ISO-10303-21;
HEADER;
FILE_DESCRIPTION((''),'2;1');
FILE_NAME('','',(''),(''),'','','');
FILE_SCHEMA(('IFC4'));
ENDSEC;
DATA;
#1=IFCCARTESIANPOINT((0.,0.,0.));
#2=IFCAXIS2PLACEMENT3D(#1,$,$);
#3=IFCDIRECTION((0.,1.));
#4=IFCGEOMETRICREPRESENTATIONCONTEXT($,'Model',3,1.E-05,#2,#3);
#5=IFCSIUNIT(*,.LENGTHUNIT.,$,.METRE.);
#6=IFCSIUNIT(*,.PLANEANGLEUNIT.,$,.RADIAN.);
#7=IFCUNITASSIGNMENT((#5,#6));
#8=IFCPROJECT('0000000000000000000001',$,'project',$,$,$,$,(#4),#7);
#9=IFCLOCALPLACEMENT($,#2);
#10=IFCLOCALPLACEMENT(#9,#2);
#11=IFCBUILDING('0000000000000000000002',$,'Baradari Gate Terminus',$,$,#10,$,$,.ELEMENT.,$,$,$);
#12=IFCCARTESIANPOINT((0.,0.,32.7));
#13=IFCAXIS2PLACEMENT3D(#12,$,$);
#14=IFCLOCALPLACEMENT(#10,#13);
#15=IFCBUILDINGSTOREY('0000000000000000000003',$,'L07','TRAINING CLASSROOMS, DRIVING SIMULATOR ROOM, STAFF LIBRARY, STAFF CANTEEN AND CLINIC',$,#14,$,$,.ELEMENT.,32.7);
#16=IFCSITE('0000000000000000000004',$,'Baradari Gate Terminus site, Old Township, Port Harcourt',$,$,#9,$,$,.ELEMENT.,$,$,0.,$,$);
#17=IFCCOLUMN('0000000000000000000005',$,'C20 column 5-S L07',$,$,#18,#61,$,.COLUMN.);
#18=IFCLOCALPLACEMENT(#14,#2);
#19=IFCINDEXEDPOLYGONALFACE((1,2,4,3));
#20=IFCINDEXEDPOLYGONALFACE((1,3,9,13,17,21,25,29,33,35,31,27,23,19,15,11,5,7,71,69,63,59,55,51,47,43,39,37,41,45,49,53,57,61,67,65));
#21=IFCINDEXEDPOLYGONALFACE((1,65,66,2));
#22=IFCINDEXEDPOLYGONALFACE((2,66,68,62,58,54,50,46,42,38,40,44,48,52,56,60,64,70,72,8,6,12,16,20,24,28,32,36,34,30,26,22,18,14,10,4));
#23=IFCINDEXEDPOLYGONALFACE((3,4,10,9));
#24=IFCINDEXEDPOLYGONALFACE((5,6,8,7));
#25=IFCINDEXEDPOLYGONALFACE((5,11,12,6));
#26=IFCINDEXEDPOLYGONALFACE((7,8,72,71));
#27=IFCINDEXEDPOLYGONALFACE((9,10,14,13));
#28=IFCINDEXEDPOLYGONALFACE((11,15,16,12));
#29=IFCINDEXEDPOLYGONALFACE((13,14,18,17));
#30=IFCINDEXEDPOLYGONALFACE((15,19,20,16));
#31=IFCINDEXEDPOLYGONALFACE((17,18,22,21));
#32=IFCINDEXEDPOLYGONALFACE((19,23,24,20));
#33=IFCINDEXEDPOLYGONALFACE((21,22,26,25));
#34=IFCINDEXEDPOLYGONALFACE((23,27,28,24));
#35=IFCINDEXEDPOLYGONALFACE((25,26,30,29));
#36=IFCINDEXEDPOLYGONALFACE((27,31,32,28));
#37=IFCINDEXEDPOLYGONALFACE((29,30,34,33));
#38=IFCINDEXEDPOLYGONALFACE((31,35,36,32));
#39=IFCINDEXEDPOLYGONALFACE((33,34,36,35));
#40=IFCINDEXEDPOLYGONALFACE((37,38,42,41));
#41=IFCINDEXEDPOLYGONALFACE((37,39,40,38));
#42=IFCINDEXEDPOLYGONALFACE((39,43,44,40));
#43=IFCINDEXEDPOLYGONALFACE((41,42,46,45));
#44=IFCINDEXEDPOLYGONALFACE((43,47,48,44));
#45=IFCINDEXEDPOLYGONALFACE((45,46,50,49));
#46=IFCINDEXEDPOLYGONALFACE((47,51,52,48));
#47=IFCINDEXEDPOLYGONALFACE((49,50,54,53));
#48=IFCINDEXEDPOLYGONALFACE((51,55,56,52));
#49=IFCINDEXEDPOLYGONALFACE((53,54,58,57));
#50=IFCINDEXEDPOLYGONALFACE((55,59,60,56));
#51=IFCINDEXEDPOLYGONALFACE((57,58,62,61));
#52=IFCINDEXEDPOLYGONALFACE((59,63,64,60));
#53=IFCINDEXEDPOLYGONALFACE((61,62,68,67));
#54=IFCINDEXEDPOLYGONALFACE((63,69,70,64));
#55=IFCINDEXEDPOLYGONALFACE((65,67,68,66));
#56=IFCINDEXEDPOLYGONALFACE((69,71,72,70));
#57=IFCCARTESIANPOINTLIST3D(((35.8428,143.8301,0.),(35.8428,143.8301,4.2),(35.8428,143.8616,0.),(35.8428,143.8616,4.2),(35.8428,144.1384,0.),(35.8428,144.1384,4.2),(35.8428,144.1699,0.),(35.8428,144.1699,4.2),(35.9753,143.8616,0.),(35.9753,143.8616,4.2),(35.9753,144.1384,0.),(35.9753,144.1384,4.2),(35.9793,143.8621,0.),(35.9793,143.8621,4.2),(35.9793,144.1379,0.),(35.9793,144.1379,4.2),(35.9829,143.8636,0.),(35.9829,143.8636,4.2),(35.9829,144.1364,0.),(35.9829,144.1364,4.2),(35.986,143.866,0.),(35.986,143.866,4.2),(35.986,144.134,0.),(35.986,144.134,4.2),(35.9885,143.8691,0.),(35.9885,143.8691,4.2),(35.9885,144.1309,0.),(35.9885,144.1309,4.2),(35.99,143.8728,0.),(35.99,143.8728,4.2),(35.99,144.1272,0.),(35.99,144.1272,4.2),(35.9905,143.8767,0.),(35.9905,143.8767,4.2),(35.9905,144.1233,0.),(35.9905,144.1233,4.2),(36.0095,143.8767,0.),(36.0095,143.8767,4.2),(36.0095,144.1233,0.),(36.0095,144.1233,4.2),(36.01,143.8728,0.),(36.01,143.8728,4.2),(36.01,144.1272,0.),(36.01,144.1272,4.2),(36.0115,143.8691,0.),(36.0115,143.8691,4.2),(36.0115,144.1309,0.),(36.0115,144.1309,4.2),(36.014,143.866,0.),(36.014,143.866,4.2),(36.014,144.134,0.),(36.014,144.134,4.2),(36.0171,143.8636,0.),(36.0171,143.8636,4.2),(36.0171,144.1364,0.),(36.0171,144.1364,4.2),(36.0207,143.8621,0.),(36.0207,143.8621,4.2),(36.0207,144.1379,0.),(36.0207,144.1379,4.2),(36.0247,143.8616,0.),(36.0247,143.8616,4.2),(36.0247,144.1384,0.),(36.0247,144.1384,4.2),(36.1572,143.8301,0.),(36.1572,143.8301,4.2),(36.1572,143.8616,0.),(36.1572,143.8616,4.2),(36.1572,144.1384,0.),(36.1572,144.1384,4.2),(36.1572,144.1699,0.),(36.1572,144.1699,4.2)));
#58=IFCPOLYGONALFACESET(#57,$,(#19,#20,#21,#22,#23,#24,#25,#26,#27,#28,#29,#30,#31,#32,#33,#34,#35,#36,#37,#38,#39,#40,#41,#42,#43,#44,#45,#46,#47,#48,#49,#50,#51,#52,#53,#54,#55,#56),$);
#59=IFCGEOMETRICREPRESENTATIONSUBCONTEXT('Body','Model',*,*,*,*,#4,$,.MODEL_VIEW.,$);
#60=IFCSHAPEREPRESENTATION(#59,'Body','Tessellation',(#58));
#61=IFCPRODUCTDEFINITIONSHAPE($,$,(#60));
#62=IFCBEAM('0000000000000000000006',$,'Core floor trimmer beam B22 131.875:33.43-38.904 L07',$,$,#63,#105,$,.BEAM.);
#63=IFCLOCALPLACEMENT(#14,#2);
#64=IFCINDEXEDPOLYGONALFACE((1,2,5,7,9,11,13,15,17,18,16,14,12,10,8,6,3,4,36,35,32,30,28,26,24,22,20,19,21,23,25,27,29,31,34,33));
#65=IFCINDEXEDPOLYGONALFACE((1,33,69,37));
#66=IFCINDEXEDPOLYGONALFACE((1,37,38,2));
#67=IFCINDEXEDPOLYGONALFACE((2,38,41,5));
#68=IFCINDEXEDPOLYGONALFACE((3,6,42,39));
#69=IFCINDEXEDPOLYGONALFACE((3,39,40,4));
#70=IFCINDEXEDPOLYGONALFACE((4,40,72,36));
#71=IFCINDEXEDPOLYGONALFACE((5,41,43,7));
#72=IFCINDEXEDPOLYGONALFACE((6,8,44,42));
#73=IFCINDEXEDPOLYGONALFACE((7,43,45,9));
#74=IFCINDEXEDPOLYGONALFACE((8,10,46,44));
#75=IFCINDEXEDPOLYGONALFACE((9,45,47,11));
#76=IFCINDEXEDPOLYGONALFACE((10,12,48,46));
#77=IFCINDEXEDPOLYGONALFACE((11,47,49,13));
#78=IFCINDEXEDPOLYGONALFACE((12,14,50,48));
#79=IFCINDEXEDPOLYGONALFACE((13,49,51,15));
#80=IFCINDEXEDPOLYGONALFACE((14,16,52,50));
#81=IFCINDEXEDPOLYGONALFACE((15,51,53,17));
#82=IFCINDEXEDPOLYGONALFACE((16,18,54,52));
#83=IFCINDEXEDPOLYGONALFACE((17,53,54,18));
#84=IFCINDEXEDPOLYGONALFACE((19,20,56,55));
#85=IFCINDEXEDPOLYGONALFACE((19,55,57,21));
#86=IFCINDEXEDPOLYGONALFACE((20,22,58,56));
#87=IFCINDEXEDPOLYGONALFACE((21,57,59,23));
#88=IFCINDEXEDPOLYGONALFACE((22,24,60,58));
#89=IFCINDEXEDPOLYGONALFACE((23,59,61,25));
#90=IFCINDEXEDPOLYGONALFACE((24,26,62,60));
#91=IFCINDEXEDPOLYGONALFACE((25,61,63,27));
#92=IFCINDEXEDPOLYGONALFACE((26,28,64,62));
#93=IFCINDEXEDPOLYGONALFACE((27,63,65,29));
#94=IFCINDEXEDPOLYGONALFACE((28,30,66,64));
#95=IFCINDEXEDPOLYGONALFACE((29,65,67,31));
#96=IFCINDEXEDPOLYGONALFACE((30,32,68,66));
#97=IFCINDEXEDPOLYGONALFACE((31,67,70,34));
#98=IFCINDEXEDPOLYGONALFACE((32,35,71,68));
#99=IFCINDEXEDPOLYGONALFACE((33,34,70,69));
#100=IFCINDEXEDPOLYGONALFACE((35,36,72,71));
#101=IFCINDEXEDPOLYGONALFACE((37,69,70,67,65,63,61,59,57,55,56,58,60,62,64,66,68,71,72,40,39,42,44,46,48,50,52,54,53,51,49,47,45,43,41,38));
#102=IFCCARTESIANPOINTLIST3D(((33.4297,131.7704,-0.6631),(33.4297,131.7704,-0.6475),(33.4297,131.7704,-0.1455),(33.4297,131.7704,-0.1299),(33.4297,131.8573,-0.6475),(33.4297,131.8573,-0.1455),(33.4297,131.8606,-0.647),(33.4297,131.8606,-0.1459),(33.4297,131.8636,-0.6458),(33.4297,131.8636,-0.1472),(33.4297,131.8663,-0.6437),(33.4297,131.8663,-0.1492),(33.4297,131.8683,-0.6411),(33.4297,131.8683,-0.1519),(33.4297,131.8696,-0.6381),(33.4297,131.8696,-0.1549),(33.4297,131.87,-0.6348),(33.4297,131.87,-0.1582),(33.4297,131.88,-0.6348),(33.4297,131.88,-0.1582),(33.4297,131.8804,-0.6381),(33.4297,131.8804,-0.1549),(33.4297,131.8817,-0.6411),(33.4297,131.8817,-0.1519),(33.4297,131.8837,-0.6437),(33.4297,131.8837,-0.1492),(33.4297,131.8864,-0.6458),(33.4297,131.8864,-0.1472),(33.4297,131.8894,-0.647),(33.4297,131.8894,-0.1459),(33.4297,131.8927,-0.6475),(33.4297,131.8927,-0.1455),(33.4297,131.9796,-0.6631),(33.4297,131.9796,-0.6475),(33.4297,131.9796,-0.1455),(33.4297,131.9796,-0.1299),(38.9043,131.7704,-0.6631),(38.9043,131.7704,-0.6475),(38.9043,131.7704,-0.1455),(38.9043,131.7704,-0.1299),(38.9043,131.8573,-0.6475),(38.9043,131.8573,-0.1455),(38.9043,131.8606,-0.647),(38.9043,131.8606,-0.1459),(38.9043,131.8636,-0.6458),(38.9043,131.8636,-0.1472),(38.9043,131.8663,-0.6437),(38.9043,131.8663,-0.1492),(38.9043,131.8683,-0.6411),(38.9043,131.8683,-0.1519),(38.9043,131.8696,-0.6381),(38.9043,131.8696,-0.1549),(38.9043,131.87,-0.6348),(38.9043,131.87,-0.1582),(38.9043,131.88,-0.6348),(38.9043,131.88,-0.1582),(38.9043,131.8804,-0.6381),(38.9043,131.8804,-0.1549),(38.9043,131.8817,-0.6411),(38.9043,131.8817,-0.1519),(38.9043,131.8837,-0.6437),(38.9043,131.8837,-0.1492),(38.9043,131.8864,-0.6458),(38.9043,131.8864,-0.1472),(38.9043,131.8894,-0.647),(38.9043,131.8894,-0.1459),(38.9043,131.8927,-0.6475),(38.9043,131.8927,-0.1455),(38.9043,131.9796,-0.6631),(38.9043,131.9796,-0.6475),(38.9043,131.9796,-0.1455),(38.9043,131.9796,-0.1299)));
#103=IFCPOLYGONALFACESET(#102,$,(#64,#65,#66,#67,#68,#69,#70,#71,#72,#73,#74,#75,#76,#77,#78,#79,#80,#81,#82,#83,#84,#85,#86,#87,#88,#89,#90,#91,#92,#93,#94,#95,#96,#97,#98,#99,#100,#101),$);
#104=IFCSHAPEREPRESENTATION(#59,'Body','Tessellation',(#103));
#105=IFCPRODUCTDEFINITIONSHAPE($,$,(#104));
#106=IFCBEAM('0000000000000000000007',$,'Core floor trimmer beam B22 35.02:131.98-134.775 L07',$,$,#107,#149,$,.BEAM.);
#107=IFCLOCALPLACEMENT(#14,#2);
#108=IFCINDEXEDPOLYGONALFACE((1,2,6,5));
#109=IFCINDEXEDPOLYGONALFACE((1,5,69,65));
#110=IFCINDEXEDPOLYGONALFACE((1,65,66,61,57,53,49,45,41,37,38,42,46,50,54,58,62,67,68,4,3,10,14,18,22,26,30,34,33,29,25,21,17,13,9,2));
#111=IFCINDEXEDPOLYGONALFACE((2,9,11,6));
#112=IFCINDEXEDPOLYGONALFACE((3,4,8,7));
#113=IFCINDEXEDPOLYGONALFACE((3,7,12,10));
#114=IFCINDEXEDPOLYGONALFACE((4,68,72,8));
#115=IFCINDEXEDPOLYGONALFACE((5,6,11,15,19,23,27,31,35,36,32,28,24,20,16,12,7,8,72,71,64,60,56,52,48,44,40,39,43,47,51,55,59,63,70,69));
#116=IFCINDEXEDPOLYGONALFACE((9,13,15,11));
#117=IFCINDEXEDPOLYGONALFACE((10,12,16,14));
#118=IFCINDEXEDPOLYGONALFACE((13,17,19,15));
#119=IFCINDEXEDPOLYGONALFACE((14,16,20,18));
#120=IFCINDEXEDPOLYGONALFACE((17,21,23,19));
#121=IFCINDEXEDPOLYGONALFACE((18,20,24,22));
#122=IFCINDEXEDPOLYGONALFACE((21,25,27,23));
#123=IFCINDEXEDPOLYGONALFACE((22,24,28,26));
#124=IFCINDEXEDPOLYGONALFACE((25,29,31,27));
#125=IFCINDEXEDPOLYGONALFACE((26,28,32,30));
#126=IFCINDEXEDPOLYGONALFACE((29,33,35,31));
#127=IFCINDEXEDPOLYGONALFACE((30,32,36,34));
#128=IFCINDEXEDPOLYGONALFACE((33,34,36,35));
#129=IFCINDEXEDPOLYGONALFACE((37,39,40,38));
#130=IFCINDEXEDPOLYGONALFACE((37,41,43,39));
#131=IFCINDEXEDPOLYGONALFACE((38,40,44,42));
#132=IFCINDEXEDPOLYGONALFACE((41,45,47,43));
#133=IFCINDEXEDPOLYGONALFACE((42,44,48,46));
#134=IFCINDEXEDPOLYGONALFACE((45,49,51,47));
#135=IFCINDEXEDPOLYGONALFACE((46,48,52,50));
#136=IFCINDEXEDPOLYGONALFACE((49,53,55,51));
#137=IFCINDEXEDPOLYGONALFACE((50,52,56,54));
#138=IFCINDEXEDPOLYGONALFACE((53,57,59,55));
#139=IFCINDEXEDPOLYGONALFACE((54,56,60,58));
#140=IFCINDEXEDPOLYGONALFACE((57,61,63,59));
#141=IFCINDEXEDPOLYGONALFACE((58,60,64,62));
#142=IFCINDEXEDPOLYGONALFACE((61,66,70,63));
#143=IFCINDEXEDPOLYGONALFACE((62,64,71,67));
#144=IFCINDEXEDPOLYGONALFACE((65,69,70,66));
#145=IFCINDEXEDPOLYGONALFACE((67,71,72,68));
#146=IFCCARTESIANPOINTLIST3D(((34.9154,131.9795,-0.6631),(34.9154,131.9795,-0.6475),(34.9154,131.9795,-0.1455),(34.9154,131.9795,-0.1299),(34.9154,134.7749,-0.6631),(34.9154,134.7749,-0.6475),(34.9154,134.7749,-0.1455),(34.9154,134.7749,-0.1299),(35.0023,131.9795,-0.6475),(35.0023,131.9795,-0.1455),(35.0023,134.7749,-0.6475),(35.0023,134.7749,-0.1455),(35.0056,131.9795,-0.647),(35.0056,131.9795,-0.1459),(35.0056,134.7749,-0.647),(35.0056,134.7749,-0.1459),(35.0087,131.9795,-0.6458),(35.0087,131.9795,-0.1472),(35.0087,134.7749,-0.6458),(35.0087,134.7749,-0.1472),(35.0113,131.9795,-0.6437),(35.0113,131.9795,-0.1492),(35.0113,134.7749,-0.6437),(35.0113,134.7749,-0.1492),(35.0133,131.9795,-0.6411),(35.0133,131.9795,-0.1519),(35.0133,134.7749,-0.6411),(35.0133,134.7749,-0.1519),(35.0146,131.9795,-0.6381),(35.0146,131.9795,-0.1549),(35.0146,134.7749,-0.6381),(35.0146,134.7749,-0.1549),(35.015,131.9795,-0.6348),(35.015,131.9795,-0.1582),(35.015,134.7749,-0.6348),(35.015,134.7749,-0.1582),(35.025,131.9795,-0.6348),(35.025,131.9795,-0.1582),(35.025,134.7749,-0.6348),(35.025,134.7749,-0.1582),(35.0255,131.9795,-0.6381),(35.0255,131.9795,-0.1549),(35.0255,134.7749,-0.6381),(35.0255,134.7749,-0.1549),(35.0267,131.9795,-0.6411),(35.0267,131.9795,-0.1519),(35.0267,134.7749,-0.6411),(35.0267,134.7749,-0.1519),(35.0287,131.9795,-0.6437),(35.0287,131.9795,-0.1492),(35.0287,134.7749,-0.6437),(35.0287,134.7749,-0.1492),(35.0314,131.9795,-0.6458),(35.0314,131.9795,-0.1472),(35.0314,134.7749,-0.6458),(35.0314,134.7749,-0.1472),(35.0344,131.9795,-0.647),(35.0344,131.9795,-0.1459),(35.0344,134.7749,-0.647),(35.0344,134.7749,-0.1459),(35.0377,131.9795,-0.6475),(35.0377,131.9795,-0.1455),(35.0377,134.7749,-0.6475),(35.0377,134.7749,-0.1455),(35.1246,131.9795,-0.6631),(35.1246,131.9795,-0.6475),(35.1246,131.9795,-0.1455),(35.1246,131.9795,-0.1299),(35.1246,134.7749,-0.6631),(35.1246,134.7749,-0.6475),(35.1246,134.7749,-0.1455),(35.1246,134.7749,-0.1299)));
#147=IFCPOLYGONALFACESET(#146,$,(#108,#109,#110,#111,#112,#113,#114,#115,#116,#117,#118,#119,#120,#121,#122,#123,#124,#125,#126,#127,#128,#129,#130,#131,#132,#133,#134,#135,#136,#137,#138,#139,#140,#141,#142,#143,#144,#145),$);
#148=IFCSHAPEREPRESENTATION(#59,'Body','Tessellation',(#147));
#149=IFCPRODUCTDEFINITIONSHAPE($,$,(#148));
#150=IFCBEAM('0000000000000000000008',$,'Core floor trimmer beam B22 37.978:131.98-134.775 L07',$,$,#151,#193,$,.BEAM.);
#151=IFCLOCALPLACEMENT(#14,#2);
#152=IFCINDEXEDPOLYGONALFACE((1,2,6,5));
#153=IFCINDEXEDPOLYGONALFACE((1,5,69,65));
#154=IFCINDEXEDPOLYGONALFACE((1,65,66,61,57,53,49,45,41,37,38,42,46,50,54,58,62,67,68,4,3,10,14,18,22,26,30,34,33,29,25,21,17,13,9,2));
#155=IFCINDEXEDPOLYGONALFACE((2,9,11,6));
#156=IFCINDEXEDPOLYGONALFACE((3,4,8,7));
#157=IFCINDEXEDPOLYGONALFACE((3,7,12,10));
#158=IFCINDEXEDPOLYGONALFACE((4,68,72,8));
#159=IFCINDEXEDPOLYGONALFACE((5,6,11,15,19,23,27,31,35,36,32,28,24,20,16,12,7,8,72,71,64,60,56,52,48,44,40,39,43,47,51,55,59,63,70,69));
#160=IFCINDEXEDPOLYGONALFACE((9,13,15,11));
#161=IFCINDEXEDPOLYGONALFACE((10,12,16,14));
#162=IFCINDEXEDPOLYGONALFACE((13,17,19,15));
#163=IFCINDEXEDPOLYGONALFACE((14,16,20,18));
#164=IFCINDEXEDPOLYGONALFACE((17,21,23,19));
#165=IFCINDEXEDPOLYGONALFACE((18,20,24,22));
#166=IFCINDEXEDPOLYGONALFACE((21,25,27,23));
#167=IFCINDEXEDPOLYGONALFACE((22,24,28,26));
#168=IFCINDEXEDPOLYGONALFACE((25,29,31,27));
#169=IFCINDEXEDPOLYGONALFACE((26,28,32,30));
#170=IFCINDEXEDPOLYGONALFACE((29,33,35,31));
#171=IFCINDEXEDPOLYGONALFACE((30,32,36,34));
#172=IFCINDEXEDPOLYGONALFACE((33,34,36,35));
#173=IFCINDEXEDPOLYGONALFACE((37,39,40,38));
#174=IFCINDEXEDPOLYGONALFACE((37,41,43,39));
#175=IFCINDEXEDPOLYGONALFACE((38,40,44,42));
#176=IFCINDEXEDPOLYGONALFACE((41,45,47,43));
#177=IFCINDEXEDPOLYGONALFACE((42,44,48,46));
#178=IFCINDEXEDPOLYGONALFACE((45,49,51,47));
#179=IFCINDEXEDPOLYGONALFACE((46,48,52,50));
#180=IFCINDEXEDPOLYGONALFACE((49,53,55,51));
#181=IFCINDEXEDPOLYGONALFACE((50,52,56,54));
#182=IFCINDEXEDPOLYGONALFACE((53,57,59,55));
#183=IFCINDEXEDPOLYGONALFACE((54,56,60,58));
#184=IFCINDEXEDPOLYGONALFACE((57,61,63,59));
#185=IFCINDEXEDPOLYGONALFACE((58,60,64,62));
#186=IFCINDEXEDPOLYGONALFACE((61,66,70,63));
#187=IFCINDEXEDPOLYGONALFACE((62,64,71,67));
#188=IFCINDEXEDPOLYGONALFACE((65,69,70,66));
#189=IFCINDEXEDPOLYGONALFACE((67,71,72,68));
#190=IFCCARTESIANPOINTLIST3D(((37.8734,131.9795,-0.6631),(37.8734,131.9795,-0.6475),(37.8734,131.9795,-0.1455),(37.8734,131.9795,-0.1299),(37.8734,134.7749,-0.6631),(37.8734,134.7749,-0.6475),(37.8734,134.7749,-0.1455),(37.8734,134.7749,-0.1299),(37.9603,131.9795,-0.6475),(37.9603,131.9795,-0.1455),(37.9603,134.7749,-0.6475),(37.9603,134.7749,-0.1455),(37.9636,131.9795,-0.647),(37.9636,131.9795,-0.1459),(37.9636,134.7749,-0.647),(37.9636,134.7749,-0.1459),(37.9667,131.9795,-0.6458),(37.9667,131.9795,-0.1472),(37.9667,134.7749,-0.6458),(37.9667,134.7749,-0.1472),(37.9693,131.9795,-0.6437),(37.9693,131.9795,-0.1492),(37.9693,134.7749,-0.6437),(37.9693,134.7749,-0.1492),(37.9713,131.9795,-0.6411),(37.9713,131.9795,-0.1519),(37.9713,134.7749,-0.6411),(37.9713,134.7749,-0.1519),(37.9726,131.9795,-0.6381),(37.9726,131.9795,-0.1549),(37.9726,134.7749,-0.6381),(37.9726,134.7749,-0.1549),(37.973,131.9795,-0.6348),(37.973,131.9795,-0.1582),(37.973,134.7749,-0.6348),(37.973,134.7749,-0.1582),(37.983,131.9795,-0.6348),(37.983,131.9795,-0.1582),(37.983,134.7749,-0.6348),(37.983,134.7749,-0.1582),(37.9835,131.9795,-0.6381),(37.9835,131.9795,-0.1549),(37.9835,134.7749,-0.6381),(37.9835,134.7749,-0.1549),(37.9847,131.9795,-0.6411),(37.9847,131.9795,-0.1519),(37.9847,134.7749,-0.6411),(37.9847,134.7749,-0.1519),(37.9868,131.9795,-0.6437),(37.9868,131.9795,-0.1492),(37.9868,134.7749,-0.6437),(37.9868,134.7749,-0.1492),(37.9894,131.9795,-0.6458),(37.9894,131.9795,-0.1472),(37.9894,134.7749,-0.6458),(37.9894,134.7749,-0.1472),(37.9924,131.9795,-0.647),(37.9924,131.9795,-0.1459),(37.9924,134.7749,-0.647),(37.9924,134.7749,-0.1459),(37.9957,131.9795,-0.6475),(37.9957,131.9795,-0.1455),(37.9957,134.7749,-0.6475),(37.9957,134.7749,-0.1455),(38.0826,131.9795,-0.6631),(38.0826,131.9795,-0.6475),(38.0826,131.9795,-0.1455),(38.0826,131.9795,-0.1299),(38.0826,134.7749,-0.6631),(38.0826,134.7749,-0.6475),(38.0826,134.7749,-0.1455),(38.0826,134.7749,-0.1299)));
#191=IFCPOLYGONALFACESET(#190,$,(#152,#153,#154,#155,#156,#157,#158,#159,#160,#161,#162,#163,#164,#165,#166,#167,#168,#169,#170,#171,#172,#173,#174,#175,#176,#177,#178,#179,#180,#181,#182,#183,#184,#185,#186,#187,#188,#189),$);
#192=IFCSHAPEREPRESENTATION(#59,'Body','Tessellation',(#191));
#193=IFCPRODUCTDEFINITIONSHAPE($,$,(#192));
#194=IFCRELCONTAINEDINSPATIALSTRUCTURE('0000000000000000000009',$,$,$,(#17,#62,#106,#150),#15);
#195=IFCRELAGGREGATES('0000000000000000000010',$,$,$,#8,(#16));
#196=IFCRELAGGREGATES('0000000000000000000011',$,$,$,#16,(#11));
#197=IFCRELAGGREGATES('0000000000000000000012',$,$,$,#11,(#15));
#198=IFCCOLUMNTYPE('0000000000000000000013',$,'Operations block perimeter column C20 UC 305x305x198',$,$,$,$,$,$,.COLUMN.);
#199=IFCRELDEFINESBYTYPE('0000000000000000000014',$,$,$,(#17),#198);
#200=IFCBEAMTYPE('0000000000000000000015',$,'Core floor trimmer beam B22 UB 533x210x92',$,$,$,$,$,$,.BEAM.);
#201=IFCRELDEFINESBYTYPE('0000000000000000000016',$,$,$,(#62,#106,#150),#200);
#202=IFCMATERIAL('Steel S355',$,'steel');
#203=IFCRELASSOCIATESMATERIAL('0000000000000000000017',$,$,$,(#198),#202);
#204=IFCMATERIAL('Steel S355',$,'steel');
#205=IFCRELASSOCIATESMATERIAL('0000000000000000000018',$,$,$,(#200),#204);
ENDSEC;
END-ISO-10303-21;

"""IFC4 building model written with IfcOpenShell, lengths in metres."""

from ifc_helpers import new_model, si_unit, direction, frame, origin, origin_2d, place, context, subcontext, project, spatial, i_section, extrude, material, material_profile, profile_set, type_object, element, save


model = new_model("IFC4")

# Units and contexts
model_context = context("Model", 3, precision=1e-05, world=origin(), true_north=direction((0.0, 1.0)))
body_context = subcontext(model_context, "Body", "Model", "MODEL_VIEW")
ifc_project = project(units=[si_unit("LENGTHUNIT", "METRE"), si_unit("PLANEANGLEUNIT", "RADIAN")], contexts=[model_context])

# Site, building, storey
site_placement = place(None, origin())
site = spatial("IfcSite", under=ifc_project, at=site_placement, Name="Baradari Gate Terminus site, Old Township, Port Harcourt", CompositionType="ELEMENT", RefElevation=0.0)
building_placement = place(site_placement, origin())
building = spatial("IfcBuilding", under=site, at=building_placement, Name="Baradari Gate Terminus", CompositionType="ELEMENT")
storey_placement = place(building_placement, frame((0.0, 0.0, 32.7)))
storey = spatial("IfcBuildingStorey", under=building, at=storey_placement, Name="L07", Description="TRAINING CLASSROOMS, DRIVING SIMULATOR ROOM, STAFF LIBRARY, STAFF CANTEEN AND CLINIC", CompositionType="ELEMENT", Elevation=32.7)

# Column
ifc_material_1 = material(Name="Steel S355", Category="steel")
ifc_material_profile_1 = material_profile(ifc_material_1, i_section(OverallWidth=0.3145, OverallDepth=0.3398, WebThickness=0.019, FlangeThickness=0.0315, FilletRadius=0.0151, at=origin_2d()), Name="UC 305x305x198")
ifc_profile_set_1 = profile_set([ifc_material_profile_1], Name="Steel S355")
column_type = type_object("IfcColumnType", Name="Operations block perimeter column C20 UC 305x305x198", PredefinedType="COLUMN", material=ifc_profile_set_1)
column_placement = place(storey_placement, frame((36.0, 144.0, 0.0), z_axis=(0.0, 0.0, 1.0), x_axis=(1.0, 0.0, 0.0)))
element("IfcColumn", 1, at=column_placement, inside=storey, type_object=column_type, Name="C20 column 5-S L07", PredefinedType="COLUMN", context=body_context, shape_type="SweptSolid", body=[
    extrude(i_section(OverallWidth=0.3145, OverallDepth=0.3398, WebThickness=0.019, FlangeThickness=0.0315, FilletRadius=0.0151, at=origin_2d()), origin(), (0.0, 0.0, 1.0), 4.2),
])

# Beams
ifc_material_2 = material(Name="Steel S355", Category="steel")
ifc_material_profile_2 = material_profile(ifc_material_2, i_section(OverallWidth=0.2092, OverallDepth=0.5332, WebThickness=0.01, FlangeThickness=0.0156, FilletRadius=0.0127, at=origin_2d()), Name="UB 533x210x92")
ifc_profile_set_2 = profile_set([ifc_material_profile_2], Name="Steel S355")
beam_type_1 = type_object("IfcBeamType", Name="Core floor trimmer beam B22 UB 533x210x92", PredefinedType="BEAM", material=ifc_profile_set_2)
beam_1_placement = place(storey_placement, frame((33.4297, 131.875, -0.3965), z_axis=(1.0, 0.0, 0.0), x_axis=(0.0, 1.0, 0.0)))
element("IfcBeam", 2, at=beam_1_placement, inside=storey, type_object=beam_type_1, Name="Core floor trimmer beam B22 131.875:33.43-38.904 L07", PredefinedType="BEAM", context=body_context, shape_type="SweptSolid", body=[
    extrude(i_section(OverallWidth=0.2092, OverallDepth=0.5332, WebThickness=0.01, FlangeThickness=0.0156, FilletRadius=0.0127, at=origin_2d()), origin(), (0.0, 0.0, 1.0), 5.4746),
])
for number, where, z_axis, x_axis, name in (
    (3, (35.02, 131.9795, -0.3965), (0.0, 1.0, 0.0), (-1.0, 0.0, 0.0), "Core floor trimmer beam B22 35.02:131.98-134.775 L07"),
    (4, (37.978, 131.9795, -0.3965), (0.0, 1.0, 0.0), (-1.0, 0.0, 0.0), "Core floor trimmer beam B22 37.978:131.98-134.775 L07"),
):
    element("IfcBeam", number, at=place(storey_placement, frame(where, z_axis=z_axis, x_axis=x_axis)), inside=storey, type_object=beam_type_1, Name=name, PredefinedType="BEAM", context=body_context, shape_type="SweptSolid", body=[
        extrude(i_section(OverallWidth=0.2092, OverallDepth=0.5332, WebThickness=0.01, FlangeThickness=0.0156, FilletRadius=0.0127, at=origin_2d()), origin(), (0.0, 0.0, 1.0), 2.7954),
    ])

save(model, "model.ifc")
